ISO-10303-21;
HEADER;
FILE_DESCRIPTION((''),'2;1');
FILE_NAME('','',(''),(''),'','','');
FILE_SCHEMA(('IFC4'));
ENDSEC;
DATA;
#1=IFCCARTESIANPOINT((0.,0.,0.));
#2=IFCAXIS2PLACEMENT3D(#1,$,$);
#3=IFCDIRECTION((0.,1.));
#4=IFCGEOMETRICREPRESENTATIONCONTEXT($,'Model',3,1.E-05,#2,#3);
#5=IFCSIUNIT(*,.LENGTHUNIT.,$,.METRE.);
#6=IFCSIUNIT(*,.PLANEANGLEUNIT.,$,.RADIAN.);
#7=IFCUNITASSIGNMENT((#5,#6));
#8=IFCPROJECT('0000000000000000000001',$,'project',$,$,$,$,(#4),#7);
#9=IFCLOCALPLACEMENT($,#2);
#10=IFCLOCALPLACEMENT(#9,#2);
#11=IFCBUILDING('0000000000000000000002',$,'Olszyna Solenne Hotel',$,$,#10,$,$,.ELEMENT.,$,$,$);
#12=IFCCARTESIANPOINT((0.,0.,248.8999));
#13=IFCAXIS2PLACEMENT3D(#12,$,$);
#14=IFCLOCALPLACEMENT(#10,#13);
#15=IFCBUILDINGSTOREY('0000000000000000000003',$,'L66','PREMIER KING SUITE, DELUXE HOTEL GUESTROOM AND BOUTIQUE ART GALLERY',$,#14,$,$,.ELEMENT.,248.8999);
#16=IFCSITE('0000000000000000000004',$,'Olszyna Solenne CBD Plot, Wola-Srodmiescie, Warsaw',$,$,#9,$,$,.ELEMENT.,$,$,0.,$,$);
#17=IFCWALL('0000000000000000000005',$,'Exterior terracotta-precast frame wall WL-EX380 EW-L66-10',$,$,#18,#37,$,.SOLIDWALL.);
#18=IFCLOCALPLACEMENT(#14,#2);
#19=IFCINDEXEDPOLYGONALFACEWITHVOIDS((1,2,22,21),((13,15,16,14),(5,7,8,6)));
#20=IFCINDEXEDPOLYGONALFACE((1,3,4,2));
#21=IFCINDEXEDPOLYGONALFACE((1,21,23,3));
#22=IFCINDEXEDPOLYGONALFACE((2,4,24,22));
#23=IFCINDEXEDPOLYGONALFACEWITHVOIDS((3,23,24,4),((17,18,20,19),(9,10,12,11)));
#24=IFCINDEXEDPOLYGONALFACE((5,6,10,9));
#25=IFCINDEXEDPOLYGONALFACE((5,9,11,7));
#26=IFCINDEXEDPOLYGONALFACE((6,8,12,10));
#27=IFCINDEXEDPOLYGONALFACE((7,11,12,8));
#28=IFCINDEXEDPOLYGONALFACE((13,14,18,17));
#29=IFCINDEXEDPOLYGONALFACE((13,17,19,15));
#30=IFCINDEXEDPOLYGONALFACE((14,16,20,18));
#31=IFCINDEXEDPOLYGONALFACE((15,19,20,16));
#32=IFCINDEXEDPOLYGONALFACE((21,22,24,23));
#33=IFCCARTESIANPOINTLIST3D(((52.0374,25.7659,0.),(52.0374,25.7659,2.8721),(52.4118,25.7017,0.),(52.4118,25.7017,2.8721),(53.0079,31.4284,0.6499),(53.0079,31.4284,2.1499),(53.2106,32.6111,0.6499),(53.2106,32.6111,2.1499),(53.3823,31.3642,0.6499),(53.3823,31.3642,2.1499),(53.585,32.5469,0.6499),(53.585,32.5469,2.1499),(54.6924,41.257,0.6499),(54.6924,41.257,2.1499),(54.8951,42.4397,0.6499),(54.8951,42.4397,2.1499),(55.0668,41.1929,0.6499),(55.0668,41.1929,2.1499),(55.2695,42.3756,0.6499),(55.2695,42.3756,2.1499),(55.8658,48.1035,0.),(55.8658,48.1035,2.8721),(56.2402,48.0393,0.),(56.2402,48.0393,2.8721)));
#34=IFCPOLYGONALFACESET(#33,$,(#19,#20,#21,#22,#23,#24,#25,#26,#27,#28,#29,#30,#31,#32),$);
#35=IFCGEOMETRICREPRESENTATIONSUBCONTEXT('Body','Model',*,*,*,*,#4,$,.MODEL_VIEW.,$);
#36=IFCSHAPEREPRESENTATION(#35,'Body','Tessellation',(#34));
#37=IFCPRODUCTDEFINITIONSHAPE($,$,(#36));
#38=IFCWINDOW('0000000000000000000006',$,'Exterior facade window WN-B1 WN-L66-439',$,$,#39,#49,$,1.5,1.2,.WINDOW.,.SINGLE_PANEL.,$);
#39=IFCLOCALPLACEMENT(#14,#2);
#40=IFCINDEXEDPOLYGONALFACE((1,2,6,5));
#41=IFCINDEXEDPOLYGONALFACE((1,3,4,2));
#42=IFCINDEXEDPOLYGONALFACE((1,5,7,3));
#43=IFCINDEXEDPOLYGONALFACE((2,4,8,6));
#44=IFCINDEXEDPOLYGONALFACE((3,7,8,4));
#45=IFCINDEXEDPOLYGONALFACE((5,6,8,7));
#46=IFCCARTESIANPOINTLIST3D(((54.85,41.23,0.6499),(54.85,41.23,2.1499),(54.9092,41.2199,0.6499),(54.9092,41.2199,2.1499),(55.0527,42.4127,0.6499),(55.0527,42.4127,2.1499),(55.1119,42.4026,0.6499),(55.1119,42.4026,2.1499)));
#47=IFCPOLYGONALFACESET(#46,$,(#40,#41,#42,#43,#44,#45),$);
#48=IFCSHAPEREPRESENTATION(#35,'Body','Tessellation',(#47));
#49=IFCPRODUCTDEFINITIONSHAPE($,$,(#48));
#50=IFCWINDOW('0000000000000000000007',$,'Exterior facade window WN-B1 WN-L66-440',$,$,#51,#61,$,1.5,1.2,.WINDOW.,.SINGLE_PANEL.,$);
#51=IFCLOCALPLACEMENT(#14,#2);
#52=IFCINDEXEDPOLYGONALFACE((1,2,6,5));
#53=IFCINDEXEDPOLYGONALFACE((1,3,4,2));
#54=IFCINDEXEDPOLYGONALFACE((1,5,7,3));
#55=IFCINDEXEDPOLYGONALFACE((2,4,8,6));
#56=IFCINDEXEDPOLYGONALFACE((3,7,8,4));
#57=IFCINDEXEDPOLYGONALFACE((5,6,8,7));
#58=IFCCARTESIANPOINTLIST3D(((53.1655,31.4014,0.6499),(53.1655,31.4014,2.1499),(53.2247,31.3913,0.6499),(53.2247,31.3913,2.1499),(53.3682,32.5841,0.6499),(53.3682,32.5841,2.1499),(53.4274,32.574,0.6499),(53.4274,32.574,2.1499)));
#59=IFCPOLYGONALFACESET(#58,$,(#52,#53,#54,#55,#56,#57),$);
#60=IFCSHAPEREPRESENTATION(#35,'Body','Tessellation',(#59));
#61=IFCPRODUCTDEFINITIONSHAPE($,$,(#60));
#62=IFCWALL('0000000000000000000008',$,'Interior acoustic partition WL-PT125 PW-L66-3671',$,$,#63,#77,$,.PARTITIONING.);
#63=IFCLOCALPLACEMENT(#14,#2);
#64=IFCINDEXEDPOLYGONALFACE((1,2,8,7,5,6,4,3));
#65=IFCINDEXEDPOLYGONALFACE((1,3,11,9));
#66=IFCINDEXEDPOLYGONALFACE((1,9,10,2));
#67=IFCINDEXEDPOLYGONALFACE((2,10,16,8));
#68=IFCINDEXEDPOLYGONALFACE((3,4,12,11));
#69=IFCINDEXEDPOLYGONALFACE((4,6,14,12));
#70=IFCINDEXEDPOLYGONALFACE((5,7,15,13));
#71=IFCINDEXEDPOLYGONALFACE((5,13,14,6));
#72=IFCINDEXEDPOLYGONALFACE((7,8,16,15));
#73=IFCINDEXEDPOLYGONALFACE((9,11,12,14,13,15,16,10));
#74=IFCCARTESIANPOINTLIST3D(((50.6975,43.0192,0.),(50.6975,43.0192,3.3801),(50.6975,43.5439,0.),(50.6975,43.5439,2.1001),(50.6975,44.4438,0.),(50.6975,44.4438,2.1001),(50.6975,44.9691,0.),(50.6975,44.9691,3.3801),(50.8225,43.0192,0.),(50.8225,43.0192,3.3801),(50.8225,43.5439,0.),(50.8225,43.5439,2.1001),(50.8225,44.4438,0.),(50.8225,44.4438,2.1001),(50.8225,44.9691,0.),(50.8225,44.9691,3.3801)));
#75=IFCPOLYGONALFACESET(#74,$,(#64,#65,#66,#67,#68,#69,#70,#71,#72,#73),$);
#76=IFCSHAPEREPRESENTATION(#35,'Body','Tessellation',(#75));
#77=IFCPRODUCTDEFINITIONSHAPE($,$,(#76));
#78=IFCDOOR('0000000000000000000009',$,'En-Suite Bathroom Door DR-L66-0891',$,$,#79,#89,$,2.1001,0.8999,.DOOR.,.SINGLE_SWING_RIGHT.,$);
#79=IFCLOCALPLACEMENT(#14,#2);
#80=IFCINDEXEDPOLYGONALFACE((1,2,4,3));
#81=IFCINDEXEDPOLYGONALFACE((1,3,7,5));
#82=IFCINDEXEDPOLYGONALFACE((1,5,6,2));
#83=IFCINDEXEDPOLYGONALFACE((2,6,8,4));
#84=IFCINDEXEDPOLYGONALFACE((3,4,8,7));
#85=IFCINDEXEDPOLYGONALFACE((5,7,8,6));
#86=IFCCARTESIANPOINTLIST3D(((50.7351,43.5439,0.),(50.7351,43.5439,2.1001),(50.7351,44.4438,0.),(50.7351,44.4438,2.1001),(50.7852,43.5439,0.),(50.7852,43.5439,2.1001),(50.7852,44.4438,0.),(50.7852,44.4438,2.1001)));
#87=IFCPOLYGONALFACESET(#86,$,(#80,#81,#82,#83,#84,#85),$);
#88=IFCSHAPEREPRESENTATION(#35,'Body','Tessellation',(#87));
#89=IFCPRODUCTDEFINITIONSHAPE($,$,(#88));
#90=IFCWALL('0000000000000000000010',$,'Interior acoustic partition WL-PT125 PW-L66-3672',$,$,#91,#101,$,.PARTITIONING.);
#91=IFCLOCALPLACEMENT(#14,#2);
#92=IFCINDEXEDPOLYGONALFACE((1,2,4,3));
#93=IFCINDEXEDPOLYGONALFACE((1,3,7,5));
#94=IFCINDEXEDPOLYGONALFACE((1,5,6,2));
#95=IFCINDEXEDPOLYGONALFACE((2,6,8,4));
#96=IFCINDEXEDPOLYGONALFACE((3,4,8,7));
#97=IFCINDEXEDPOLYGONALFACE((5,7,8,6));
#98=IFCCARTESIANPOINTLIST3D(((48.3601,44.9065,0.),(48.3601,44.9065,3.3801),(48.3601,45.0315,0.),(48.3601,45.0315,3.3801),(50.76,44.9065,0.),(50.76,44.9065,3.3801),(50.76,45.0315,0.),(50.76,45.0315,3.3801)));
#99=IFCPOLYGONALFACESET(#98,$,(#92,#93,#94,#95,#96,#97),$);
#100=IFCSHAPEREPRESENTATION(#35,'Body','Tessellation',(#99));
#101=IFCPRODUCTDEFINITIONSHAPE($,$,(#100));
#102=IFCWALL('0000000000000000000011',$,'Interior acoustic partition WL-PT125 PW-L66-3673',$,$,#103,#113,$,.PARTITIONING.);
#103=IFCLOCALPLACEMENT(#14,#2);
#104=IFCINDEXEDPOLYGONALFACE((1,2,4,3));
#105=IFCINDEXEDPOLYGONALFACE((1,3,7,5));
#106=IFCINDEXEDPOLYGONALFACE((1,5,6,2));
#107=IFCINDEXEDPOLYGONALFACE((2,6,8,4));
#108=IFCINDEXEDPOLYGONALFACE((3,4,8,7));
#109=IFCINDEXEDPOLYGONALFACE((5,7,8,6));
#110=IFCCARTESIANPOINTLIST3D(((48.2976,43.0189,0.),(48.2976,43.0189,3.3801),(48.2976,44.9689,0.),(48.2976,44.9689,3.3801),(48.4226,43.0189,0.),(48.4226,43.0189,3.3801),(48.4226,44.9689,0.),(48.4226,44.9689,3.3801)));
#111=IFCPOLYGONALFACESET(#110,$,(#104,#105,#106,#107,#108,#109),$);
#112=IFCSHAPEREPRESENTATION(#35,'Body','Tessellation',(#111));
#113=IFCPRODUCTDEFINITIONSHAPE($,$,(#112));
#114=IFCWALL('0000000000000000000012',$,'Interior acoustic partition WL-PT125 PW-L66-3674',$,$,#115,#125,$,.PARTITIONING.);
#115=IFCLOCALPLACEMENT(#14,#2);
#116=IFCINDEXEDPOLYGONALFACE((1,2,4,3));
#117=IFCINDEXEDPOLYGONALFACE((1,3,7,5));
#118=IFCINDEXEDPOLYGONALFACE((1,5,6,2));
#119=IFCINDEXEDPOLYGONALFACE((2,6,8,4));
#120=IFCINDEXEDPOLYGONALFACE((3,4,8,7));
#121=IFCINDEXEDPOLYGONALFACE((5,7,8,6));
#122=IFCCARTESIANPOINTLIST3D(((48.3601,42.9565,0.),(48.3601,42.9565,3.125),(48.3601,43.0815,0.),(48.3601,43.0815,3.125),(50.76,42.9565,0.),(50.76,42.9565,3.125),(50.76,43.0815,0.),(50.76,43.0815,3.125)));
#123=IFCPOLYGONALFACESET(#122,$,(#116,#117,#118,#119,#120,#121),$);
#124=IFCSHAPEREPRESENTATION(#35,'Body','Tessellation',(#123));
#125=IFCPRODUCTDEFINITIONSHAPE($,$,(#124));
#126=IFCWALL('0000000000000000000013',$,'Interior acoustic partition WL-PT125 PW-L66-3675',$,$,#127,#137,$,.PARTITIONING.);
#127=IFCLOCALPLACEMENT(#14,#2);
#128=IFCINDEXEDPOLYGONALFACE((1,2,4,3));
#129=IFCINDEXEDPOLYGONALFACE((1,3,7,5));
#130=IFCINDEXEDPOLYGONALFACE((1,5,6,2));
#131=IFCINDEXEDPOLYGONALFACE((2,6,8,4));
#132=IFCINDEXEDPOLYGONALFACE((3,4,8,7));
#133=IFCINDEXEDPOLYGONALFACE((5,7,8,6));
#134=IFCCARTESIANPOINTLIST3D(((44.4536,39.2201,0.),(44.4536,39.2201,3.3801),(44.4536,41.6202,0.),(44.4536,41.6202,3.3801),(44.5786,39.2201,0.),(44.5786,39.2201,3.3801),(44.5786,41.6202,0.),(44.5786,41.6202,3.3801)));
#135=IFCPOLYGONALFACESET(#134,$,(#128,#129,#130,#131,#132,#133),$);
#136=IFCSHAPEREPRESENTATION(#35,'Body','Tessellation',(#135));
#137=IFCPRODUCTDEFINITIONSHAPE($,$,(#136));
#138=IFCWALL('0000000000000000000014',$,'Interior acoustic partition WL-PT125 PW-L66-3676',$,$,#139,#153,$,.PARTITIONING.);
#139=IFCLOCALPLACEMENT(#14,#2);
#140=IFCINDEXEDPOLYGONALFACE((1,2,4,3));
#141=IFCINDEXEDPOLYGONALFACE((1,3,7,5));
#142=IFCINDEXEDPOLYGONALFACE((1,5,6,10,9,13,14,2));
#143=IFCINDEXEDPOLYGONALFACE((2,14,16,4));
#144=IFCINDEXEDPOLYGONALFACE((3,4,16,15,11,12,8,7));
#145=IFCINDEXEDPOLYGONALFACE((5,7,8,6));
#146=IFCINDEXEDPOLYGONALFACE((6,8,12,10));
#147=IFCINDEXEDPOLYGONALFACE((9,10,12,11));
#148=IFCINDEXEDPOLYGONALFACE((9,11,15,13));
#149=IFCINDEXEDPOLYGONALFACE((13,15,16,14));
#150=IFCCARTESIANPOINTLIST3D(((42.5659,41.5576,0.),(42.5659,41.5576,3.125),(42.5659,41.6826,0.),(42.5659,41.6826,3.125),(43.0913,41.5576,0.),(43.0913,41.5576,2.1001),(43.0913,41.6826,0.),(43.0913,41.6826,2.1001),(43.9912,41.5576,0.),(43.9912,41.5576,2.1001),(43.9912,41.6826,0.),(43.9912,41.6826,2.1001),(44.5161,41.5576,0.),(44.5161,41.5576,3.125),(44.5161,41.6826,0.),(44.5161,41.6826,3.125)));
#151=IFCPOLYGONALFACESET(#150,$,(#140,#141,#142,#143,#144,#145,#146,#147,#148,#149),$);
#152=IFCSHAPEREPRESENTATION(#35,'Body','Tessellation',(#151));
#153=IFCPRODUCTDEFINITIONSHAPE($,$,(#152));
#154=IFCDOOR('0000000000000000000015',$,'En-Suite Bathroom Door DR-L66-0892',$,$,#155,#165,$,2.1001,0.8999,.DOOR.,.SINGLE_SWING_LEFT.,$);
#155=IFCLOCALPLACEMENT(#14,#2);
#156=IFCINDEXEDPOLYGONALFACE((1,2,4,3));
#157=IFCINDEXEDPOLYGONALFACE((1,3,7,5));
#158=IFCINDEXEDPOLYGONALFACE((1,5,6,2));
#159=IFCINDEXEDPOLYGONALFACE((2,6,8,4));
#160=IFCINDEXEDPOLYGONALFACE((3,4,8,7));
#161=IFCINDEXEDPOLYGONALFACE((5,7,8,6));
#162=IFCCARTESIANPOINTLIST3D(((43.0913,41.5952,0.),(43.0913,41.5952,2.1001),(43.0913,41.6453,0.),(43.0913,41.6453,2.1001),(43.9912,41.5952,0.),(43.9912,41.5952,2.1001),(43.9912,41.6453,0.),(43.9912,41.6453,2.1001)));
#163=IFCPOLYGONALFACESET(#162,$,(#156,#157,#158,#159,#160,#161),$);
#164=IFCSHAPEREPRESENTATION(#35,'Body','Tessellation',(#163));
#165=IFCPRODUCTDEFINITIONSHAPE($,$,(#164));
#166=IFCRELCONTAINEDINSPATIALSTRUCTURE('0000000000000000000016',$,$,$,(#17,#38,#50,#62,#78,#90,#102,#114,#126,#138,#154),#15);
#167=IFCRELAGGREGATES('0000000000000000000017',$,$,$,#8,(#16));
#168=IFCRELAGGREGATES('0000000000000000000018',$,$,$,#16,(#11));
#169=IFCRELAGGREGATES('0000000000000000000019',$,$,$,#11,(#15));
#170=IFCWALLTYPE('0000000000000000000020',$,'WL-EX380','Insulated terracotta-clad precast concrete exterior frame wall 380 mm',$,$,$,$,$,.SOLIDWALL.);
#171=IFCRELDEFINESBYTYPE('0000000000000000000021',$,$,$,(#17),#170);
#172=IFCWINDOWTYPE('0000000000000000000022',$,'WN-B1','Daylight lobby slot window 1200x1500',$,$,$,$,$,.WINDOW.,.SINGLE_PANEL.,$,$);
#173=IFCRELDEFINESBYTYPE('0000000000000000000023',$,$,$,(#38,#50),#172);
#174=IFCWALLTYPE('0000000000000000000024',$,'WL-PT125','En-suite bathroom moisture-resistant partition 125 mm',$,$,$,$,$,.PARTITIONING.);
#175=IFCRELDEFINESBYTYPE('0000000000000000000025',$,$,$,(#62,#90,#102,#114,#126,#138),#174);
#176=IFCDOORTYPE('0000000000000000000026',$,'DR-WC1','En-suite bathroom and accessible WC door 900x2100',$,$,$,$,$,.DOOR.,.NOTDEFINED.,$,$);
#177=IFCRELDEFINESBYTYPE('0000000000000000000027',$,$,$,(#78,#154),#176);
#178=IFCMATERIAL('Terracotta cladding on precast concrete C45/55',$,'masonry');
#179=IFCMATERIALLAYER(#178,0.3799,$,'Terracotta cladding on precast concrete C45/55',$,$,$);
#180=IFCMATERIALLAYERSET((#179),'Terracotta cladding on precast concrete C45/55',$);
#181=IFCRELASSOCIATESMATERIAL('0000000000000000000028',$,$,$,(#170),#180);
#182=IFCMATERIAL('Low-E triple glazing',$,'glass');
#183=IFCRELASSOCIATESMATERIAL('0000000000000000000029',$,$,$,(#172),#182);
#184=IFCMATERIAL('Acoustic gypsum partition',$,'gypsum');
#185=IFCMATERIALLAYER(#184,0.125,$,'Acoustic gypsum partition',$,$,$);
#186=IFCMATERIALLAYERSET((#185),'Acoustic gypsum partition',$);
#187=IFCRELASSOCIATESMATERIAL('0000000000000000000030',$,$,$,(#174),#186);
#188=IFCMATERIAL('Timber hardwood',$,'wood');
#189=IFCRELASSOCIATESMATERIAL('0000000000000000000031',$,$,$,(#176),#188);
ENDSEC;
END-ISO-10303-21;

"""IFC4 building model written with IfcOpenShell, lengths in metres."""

from ifc_helpers import new_model, si_unit, direction, frame, frame_2d, origin, place, context, subcontext, project, spatial, rectangle, extrude, source, transform, mapped, material, layer, layer_set, type_object, type_shapes, element, fill, save


model = new_model("IFC4")

# Units and contexts
model_context = context("Model", 3, precision=1e-05, world=origin(), true_north=direction((0.0, 1.0)))
body_context = subcontext(model_context, "Body", "Model", "MODEL_VIEW")
ifc_project = project(units=[si_unit("LENGTHUNIT", "METRE"), si_unit("PLANEANGLEUNIT", "RADIAN")], contexts=[model_context])

# Site, building, storey
site_placement = place(None, origin())
site = spatial("IfcSite", under=ifc_project, at=site_placement, Name="Olszyna Solenne CBD Plot, Wola-Srodmiescie, Warsaw", CompositionType="ELEMENT", RefElevation=0.0)
building_placement = place(site_placement, origin())
building = spatial("IfcBuilding", under=site, at=building_placement, Name="Olszyna Solenne Hotel", CompositionType="ELEMENT")
storey_placement = place(building_placement, frame((0.0, 0.0, 248.8999)))
storey = spatial("IfcBuildingStorey", under=building, at=storey_placement, Name="L66", Description="PREMIER KING SUITE, DELUXE HOTEL GUESTROOM AND BOUTIQUE ART GALLERY", CompositionType="ELEMENT", Elevation=248.8999)

# Shared definitions
ifc_material_1 = material(Name="Terracotta cladding on precast concrete C45/55", Category="masonry")
ifc_layer_1 = layer(ifc_material_1, 0.3799, Name="Terracotta cladding on precast concrete C45/55")
ifc_layer_set_1 = layer_set([ifc_layer_1], Name="Terracotta cladding on precast concrete C45/55")
wall_type_1 = type_object("IfcWallType", Name="WL-EX380", Description="Insulated terracotta-clad precast concrete exterior frame wall 380 mm", PredefinedType="SOLIDWALL", material=ifc_layer_set_1)

# Wall, openings, windows
wall_1_placement = place(storey_placement, frame((56.053, 48.0713, 0.0), z_axis=(0.0, 0.0, 1.0), x_axis=(-0.168923, -0.985629, 0.0)))
wall_1 = element("IfcWall", 1, at=wall_1_placement, inside=storey, type_object=wall_type_1, Name="Exterior terracotta-precast frame wall WL-EX380 EW-L66-10", PredefinedType="SOLIDWALL", context=body_context, shape_type="SweptSolid", body=[
    extrude(rectangle(XDim=22.6633, YDim=0.3799, at=frame_2d((11.3315, 0.0))), origin(), (0.0, 0.0, 1.0), 2.8721),
])
opening_1_placement = place(wall_1_placement, frame((5.7461, 0.0, 0.6499)))
opening_1 = element("IfcOpeningElement", 2, at=opening_1_placement, cuts=wall_1, PredefinedType="OPENING", context=body_context, shape_type="SweptSolid", body=[
    extrude(rectangle(XDim=1.2, YDim=1.5, at=frame_2d((0.6001, 0.75))), frame((0.0, 0.2, 0.0), z_axis=(0.0, -1.0, 0.0), x_axis=(1.0, 0.0, 0.0)), (0.0, 0.0, 1.0), 0.3999),
])
opening_2_placement = place(wall_1_placement, frame((15.718, 0.0, 0.6499)))
opening_2 = element("IfcOpeningElement", 3, at=opening_2_placement, cuts=wall_1, PredefinedType="OPENING", context=body_context, shape_type="SweptSolid", body=[
    extrude(rectangle(XDim=1.2, YDim=1.5, at=frame_2d((0.6001, 0.75))), frame((0.0, 0.2, 0.0), z_axis=(0.0, -1.0, 0.0), x_axis=(1.0, 0.0, 0.0)), (0.0, 0.0, 1.0), 0.3999),
])
ifc_material_2 = material(Name="Low-E triple glazing", Category="glass")
window_type = type_object("IfcWindowType", Name="WN-B1", Description="Daylight lobby slot window 1200x1500", PartitioningType="SINGLE_PANEL", PredefinedType="WINDOW", material=ifc_material_2)
shared_shape_1 = source(origin(), body_context, "Body", "SweptSolid", [
    extrude(rectangle(XDim=1.2, YDim=1.5, at=frame_2d((0.6001, 0.75))), frame((0.0, 0.03, 0.0), z_axis=(0.0, -1.0, 0.0), x_axis=(1.0, 0.0, 0.0)), (0.0, 0.0, 1.0), 0.0601),
])
type_shapes(window_type, [shared_shape_1])
window_1_placement = place(opening_1_placement, origin())
window_1 = element("IfcWindow", 4, at=window_1_placement, inside=storey, type_object=window_type, Name="Exterior facade window WN-B1 WN-L66-439", OverallHeight=1.5, OverallWidth=1.2, PartitioningType="SINGLE_PANEL", PredefinedType="WINDOW", context=body_context, shape_type="MappedRepresentation", body=[
    mapped(shared_shape_1, transform((0.0, 0.0, 0.0), x_axis=(1.0, 0.0, 0.0), y_axis=(0.0, 1.0, 0.0), z_axis=(0.0, 0.0, 1.0), scale=1.0)),
])
fill(opening_1, window_1)
window_2_placement = place(opening_2_placement, origin())
window_2 = element("IfcWindow", 5, at=window_2_placement, inside=storey, type_object=window_type, Name="Exterior facade window WN-B1 WN-L66-440", OverallHeight=1.5, OverallWidth=1.2, PartitioningType="SINGLE_PANEL", PredefinedType="WINDOW", context=body_context, shape_type="MappedRepresentation", body=[
    mapped(shared_shape_1, transform((0.0, 0.0, 0.0), x_axis=(1.0, 0.0, 0.0), y_axis=(0.0, 1.0, 0.0), z_axis=(0.0, 0.0, 1.0), scale=1.0)),
])
fill(opening_2, window_2)

# Wall, opening, door
ifc_material_3 = material(Name="Acoustic gypsum partition", Category="gypsum")
ifc_layer_2 = layer(ifc_material_3, 0.125, Name="Acoustic gypsum partition")
ifc_layer_set_2 = layer_set([ifc_layer_2], Name="Acoustic gypsum partition")
wall_type_2 = type_object("IfcWallType", Name="WL-PT125", Description="En-suite bathroom moisture-resistant partition 125 mm", PredefinedType="PARTITIONING", material=ifc_layer_set_2)
wall_2_placement = place(storey_placement, frame((50.76, 43.019, 0.0), z_axis=(0.0, 0.0, 1.0), x_axis=(0.0, 1.0, 0.0)))
wall_2 = element("IfcWall", 6, at=wall_2_placement, inside=storey, type_object=wall_type_2, Name="Interior acoustic partition WL-PT125 PW-L66-3671", PredefinedType="PARTITIONING", context=body_context, shape_type="SweptSolid", body=[
    extrude(rectangle(XDim=1.95, YDim=0.125, at=frame_2d((0.9751, 0.0))), origin(), (0.0, 0.0, 1.0), 3.3801),
])
opening_3_placement = place(wall_2_placement, frame((0.5249, 0.0, 0.0)))
opening_3 = element("IfcOpeningElement", 7, at=opening_3_placement, cuts=wall_2, PredefinedType="OPENING", context=body_context, shape_type="SweptSolid", body=[
    extrude(rectangle(XDim=0.8999, YDim=2.1001, at=frame_2d((0.45, 1.05))), frame((0.0, 0.0725, 0.0), z_axis=(0.0, -1.0, 0.0), x_axis=(1.0, 0.0, 0.0)), (0.0, 0.0, 1.0), 0.145),
])
ifc_material_4 = material(Name="Timber hardwood", Category="wood")
door_type_1 = type_object("IfcDoorType", Name="DR-WC1", Description="En-suite bathroom and accessible WC door 900x2100", OperationType="NOTDEFINED", PredefinedType="DOOR", material=ifc_material_4)
shared_shape_2 = source(origin(), body_context, "Body", "SweptSolid", [
    extrude(rectangle(XDim=0.8999, YDim=2.1001, at=frame_2d((0.45, 1.05))), frame((0.0, 0.0249, 0.0), z_axis=(0.0, -1.0, 0.0), x_axis=(1.0, 0.0, 0.0)), (0.0, 0.0, 1.0), 0.05),
])
type_shapes(door_type_1, [shared_shape_2])
door_1_placement = place(opening_3_placement, origin())
door_1 = element("IfcDoor", 8, at=door_1_placement, inside=storey, type_object=door_type_1, Name="En-Suite Bathroom Door DR-L66-0891", OperationType="SINGLE_SWING_RIGHT", OverallHeight=2.1001, OverallWidth=0.8999, PredefinedType="DOOR", context=body_context, shape_type="MappedRepresentation", body=[
    mapped(shared_shape_2, transform((0.0, 0.0, 0.0), x_axis=(1.0, 0.0, 0.0), y_axis=(0.0, 1.0, 0.0), z_axis=(0.0, 0.0, 1.0), scale=1.0)),
])
fill(opening_3, door_1)

# Walls
wall_3_placement = place(storey_placement, frame((50.76, 44.969, 0.0), z_axis=(0.0, 0.0, 1.0), x_axis=(-1.0, 0.0, 0.0)))
element("IfcWall", 9, at=wall_3_placement, inside=storey, type_object=wall_type_2, Name="Interior acoustic partition WL-PT125 PW-L66-3672", PredefinedType="PARTITIONING", context=body_context, shape_type="SweptSolid", body=[
    extrude(rectangle(XDim=2.3999, YDim=0.125, at=frame_2d((1.2, 0.0))), origin(), (0.0, 0.0, 1.0), 3.3801),
])
wall_4_placement = place(storey_placement, frame((48.3601, 44.969, 0.0), z_axis=(0.0, 0.0, 1.0), x_axis=(0.0, -1.0, 0.0)))
element("IfcWall", 10, at=wall_4_placement, inside=storey, type_object=wall_type_2, Name="Interior acoustic partition WL-PT125 PW-L66-3673", PredefinedType="PARTITIONING", context=body_context, shape_type="SweptSolid", body=[
    extrude(rectangle(XDim=1.95, YDim=0.125, at=frame_2d((0.9751, 0.0))), origin(), (0.0, 0.0, 1.0), 3.3801),
])
wall_5_placement = place(storey_placement, frame((48.3601, 43.019, 0.0), z_axis=(0.0, 0.0, 1.0), x_axis=(1.0, 0.0, 0.0)))
element("IfcWall", 11, at=wall_5_placement, inside=storey, type_object=wall_type_2, Name="Interior acoustic partition WL-PT125 PW-L66-3674", PredefinedType="PARTITIONING", context=body_context, shape_type="SweptSolid", body=[
    extrude(rectangle(XDim=2.3999, YDim=0.125, at=frame_2d((1.2, 0.0))), origin(), (0.0, 0.0, 1.0), 3.125),
])
wall_6_placement = place(storey_placement, frame((44.5161, 39.22, 0.0), z_axis=(0.0, 0.0, 1.0), x_axis=(0.0, 1.0, 0.0)))
element("IfcWall", 12, at=wall_6_placement, inside=storey, type_object=wall_type_2, Name="Interior acoustic partition WL-PT125 PW-L66-3675", PredefinedType="PARTITIONING", context=body_context, shape_type="SweptSolid", body=[
    extrude(rectangle(XDim=2.4001, YDim=0.125, at=frame_2d((1.2002, 0.0))), origin(), (0.0, 0.0, 1.0), 3.3801),
])

# Wall, opening, door
wall_7_placement = place(storey_placement, frame((44.5161, 41.6201, 0.0), z_axis=(0.0, 0.0, 1.0), x_axis=(-1.0, 0.0, 0.0)))
wall_7 = element("IfcWall", 13, at=wall_7_placement, inside=storey, type_object=wall_type_2, Name="Interior acoustic partition WL-PT125 PW-L66-3676", PredefinedType="PARTITIONING", context=body_context, shape_type="SweptSolid", body=[
    extrude(rectangle(XDim=1.9502, YDim=0.125, at=frame_2d((0.9751, 0.0))), origin(), (0.0, 0.0, 1.0), 3.125),
])
opening_4_placement = place(wall_7_placement, frame((0.5249, 0.0, 0.0)))
opening_4 = element("IfcOpeningElement", 14, at=opening_4_placement, cuts=wall_7, PredefinedType="OPENING", context=body_context, shape_type="SweptSolid", body=[
    extrude(rectangle(XDim=0.8999, YDim=2.1001, at=frame_2d((0.45, 1.05))), frame((0.0, 0.0725, 0.0), z_axis=(0.0, -1.0, 0.0), x_axis=(1.0, 0.0, 0.0)), (0.0, 0.0, 1.0), 0.145),
])
door_2_placement = place(opening_4_placement, origin())
door_2 = element("IfcDoor", 15, at=door_2_placement, inside=storey, type_object=door_type_1, Name="En-Suite Bathroom Door DR-L66-0892", OperationType="SINGLE_SWING_LEFT", OverallHeight=2.1001, OverallWidth=0.8999, PredefinedType="DOOR", context=body_context, shape_type="MappedRepresentation", body=[
    mapped(shared_shape_2, transform((0.0, 0.0, 0.0), x_axis=(1.0, 0.0, 0.0), y_axis=(0.0, 1.0, 0.0), z_axis=(0.0, 0.0, 1.0), scale=1.0)),
])
fill(opening_4, door_2)

save(model, "model.ifc")
